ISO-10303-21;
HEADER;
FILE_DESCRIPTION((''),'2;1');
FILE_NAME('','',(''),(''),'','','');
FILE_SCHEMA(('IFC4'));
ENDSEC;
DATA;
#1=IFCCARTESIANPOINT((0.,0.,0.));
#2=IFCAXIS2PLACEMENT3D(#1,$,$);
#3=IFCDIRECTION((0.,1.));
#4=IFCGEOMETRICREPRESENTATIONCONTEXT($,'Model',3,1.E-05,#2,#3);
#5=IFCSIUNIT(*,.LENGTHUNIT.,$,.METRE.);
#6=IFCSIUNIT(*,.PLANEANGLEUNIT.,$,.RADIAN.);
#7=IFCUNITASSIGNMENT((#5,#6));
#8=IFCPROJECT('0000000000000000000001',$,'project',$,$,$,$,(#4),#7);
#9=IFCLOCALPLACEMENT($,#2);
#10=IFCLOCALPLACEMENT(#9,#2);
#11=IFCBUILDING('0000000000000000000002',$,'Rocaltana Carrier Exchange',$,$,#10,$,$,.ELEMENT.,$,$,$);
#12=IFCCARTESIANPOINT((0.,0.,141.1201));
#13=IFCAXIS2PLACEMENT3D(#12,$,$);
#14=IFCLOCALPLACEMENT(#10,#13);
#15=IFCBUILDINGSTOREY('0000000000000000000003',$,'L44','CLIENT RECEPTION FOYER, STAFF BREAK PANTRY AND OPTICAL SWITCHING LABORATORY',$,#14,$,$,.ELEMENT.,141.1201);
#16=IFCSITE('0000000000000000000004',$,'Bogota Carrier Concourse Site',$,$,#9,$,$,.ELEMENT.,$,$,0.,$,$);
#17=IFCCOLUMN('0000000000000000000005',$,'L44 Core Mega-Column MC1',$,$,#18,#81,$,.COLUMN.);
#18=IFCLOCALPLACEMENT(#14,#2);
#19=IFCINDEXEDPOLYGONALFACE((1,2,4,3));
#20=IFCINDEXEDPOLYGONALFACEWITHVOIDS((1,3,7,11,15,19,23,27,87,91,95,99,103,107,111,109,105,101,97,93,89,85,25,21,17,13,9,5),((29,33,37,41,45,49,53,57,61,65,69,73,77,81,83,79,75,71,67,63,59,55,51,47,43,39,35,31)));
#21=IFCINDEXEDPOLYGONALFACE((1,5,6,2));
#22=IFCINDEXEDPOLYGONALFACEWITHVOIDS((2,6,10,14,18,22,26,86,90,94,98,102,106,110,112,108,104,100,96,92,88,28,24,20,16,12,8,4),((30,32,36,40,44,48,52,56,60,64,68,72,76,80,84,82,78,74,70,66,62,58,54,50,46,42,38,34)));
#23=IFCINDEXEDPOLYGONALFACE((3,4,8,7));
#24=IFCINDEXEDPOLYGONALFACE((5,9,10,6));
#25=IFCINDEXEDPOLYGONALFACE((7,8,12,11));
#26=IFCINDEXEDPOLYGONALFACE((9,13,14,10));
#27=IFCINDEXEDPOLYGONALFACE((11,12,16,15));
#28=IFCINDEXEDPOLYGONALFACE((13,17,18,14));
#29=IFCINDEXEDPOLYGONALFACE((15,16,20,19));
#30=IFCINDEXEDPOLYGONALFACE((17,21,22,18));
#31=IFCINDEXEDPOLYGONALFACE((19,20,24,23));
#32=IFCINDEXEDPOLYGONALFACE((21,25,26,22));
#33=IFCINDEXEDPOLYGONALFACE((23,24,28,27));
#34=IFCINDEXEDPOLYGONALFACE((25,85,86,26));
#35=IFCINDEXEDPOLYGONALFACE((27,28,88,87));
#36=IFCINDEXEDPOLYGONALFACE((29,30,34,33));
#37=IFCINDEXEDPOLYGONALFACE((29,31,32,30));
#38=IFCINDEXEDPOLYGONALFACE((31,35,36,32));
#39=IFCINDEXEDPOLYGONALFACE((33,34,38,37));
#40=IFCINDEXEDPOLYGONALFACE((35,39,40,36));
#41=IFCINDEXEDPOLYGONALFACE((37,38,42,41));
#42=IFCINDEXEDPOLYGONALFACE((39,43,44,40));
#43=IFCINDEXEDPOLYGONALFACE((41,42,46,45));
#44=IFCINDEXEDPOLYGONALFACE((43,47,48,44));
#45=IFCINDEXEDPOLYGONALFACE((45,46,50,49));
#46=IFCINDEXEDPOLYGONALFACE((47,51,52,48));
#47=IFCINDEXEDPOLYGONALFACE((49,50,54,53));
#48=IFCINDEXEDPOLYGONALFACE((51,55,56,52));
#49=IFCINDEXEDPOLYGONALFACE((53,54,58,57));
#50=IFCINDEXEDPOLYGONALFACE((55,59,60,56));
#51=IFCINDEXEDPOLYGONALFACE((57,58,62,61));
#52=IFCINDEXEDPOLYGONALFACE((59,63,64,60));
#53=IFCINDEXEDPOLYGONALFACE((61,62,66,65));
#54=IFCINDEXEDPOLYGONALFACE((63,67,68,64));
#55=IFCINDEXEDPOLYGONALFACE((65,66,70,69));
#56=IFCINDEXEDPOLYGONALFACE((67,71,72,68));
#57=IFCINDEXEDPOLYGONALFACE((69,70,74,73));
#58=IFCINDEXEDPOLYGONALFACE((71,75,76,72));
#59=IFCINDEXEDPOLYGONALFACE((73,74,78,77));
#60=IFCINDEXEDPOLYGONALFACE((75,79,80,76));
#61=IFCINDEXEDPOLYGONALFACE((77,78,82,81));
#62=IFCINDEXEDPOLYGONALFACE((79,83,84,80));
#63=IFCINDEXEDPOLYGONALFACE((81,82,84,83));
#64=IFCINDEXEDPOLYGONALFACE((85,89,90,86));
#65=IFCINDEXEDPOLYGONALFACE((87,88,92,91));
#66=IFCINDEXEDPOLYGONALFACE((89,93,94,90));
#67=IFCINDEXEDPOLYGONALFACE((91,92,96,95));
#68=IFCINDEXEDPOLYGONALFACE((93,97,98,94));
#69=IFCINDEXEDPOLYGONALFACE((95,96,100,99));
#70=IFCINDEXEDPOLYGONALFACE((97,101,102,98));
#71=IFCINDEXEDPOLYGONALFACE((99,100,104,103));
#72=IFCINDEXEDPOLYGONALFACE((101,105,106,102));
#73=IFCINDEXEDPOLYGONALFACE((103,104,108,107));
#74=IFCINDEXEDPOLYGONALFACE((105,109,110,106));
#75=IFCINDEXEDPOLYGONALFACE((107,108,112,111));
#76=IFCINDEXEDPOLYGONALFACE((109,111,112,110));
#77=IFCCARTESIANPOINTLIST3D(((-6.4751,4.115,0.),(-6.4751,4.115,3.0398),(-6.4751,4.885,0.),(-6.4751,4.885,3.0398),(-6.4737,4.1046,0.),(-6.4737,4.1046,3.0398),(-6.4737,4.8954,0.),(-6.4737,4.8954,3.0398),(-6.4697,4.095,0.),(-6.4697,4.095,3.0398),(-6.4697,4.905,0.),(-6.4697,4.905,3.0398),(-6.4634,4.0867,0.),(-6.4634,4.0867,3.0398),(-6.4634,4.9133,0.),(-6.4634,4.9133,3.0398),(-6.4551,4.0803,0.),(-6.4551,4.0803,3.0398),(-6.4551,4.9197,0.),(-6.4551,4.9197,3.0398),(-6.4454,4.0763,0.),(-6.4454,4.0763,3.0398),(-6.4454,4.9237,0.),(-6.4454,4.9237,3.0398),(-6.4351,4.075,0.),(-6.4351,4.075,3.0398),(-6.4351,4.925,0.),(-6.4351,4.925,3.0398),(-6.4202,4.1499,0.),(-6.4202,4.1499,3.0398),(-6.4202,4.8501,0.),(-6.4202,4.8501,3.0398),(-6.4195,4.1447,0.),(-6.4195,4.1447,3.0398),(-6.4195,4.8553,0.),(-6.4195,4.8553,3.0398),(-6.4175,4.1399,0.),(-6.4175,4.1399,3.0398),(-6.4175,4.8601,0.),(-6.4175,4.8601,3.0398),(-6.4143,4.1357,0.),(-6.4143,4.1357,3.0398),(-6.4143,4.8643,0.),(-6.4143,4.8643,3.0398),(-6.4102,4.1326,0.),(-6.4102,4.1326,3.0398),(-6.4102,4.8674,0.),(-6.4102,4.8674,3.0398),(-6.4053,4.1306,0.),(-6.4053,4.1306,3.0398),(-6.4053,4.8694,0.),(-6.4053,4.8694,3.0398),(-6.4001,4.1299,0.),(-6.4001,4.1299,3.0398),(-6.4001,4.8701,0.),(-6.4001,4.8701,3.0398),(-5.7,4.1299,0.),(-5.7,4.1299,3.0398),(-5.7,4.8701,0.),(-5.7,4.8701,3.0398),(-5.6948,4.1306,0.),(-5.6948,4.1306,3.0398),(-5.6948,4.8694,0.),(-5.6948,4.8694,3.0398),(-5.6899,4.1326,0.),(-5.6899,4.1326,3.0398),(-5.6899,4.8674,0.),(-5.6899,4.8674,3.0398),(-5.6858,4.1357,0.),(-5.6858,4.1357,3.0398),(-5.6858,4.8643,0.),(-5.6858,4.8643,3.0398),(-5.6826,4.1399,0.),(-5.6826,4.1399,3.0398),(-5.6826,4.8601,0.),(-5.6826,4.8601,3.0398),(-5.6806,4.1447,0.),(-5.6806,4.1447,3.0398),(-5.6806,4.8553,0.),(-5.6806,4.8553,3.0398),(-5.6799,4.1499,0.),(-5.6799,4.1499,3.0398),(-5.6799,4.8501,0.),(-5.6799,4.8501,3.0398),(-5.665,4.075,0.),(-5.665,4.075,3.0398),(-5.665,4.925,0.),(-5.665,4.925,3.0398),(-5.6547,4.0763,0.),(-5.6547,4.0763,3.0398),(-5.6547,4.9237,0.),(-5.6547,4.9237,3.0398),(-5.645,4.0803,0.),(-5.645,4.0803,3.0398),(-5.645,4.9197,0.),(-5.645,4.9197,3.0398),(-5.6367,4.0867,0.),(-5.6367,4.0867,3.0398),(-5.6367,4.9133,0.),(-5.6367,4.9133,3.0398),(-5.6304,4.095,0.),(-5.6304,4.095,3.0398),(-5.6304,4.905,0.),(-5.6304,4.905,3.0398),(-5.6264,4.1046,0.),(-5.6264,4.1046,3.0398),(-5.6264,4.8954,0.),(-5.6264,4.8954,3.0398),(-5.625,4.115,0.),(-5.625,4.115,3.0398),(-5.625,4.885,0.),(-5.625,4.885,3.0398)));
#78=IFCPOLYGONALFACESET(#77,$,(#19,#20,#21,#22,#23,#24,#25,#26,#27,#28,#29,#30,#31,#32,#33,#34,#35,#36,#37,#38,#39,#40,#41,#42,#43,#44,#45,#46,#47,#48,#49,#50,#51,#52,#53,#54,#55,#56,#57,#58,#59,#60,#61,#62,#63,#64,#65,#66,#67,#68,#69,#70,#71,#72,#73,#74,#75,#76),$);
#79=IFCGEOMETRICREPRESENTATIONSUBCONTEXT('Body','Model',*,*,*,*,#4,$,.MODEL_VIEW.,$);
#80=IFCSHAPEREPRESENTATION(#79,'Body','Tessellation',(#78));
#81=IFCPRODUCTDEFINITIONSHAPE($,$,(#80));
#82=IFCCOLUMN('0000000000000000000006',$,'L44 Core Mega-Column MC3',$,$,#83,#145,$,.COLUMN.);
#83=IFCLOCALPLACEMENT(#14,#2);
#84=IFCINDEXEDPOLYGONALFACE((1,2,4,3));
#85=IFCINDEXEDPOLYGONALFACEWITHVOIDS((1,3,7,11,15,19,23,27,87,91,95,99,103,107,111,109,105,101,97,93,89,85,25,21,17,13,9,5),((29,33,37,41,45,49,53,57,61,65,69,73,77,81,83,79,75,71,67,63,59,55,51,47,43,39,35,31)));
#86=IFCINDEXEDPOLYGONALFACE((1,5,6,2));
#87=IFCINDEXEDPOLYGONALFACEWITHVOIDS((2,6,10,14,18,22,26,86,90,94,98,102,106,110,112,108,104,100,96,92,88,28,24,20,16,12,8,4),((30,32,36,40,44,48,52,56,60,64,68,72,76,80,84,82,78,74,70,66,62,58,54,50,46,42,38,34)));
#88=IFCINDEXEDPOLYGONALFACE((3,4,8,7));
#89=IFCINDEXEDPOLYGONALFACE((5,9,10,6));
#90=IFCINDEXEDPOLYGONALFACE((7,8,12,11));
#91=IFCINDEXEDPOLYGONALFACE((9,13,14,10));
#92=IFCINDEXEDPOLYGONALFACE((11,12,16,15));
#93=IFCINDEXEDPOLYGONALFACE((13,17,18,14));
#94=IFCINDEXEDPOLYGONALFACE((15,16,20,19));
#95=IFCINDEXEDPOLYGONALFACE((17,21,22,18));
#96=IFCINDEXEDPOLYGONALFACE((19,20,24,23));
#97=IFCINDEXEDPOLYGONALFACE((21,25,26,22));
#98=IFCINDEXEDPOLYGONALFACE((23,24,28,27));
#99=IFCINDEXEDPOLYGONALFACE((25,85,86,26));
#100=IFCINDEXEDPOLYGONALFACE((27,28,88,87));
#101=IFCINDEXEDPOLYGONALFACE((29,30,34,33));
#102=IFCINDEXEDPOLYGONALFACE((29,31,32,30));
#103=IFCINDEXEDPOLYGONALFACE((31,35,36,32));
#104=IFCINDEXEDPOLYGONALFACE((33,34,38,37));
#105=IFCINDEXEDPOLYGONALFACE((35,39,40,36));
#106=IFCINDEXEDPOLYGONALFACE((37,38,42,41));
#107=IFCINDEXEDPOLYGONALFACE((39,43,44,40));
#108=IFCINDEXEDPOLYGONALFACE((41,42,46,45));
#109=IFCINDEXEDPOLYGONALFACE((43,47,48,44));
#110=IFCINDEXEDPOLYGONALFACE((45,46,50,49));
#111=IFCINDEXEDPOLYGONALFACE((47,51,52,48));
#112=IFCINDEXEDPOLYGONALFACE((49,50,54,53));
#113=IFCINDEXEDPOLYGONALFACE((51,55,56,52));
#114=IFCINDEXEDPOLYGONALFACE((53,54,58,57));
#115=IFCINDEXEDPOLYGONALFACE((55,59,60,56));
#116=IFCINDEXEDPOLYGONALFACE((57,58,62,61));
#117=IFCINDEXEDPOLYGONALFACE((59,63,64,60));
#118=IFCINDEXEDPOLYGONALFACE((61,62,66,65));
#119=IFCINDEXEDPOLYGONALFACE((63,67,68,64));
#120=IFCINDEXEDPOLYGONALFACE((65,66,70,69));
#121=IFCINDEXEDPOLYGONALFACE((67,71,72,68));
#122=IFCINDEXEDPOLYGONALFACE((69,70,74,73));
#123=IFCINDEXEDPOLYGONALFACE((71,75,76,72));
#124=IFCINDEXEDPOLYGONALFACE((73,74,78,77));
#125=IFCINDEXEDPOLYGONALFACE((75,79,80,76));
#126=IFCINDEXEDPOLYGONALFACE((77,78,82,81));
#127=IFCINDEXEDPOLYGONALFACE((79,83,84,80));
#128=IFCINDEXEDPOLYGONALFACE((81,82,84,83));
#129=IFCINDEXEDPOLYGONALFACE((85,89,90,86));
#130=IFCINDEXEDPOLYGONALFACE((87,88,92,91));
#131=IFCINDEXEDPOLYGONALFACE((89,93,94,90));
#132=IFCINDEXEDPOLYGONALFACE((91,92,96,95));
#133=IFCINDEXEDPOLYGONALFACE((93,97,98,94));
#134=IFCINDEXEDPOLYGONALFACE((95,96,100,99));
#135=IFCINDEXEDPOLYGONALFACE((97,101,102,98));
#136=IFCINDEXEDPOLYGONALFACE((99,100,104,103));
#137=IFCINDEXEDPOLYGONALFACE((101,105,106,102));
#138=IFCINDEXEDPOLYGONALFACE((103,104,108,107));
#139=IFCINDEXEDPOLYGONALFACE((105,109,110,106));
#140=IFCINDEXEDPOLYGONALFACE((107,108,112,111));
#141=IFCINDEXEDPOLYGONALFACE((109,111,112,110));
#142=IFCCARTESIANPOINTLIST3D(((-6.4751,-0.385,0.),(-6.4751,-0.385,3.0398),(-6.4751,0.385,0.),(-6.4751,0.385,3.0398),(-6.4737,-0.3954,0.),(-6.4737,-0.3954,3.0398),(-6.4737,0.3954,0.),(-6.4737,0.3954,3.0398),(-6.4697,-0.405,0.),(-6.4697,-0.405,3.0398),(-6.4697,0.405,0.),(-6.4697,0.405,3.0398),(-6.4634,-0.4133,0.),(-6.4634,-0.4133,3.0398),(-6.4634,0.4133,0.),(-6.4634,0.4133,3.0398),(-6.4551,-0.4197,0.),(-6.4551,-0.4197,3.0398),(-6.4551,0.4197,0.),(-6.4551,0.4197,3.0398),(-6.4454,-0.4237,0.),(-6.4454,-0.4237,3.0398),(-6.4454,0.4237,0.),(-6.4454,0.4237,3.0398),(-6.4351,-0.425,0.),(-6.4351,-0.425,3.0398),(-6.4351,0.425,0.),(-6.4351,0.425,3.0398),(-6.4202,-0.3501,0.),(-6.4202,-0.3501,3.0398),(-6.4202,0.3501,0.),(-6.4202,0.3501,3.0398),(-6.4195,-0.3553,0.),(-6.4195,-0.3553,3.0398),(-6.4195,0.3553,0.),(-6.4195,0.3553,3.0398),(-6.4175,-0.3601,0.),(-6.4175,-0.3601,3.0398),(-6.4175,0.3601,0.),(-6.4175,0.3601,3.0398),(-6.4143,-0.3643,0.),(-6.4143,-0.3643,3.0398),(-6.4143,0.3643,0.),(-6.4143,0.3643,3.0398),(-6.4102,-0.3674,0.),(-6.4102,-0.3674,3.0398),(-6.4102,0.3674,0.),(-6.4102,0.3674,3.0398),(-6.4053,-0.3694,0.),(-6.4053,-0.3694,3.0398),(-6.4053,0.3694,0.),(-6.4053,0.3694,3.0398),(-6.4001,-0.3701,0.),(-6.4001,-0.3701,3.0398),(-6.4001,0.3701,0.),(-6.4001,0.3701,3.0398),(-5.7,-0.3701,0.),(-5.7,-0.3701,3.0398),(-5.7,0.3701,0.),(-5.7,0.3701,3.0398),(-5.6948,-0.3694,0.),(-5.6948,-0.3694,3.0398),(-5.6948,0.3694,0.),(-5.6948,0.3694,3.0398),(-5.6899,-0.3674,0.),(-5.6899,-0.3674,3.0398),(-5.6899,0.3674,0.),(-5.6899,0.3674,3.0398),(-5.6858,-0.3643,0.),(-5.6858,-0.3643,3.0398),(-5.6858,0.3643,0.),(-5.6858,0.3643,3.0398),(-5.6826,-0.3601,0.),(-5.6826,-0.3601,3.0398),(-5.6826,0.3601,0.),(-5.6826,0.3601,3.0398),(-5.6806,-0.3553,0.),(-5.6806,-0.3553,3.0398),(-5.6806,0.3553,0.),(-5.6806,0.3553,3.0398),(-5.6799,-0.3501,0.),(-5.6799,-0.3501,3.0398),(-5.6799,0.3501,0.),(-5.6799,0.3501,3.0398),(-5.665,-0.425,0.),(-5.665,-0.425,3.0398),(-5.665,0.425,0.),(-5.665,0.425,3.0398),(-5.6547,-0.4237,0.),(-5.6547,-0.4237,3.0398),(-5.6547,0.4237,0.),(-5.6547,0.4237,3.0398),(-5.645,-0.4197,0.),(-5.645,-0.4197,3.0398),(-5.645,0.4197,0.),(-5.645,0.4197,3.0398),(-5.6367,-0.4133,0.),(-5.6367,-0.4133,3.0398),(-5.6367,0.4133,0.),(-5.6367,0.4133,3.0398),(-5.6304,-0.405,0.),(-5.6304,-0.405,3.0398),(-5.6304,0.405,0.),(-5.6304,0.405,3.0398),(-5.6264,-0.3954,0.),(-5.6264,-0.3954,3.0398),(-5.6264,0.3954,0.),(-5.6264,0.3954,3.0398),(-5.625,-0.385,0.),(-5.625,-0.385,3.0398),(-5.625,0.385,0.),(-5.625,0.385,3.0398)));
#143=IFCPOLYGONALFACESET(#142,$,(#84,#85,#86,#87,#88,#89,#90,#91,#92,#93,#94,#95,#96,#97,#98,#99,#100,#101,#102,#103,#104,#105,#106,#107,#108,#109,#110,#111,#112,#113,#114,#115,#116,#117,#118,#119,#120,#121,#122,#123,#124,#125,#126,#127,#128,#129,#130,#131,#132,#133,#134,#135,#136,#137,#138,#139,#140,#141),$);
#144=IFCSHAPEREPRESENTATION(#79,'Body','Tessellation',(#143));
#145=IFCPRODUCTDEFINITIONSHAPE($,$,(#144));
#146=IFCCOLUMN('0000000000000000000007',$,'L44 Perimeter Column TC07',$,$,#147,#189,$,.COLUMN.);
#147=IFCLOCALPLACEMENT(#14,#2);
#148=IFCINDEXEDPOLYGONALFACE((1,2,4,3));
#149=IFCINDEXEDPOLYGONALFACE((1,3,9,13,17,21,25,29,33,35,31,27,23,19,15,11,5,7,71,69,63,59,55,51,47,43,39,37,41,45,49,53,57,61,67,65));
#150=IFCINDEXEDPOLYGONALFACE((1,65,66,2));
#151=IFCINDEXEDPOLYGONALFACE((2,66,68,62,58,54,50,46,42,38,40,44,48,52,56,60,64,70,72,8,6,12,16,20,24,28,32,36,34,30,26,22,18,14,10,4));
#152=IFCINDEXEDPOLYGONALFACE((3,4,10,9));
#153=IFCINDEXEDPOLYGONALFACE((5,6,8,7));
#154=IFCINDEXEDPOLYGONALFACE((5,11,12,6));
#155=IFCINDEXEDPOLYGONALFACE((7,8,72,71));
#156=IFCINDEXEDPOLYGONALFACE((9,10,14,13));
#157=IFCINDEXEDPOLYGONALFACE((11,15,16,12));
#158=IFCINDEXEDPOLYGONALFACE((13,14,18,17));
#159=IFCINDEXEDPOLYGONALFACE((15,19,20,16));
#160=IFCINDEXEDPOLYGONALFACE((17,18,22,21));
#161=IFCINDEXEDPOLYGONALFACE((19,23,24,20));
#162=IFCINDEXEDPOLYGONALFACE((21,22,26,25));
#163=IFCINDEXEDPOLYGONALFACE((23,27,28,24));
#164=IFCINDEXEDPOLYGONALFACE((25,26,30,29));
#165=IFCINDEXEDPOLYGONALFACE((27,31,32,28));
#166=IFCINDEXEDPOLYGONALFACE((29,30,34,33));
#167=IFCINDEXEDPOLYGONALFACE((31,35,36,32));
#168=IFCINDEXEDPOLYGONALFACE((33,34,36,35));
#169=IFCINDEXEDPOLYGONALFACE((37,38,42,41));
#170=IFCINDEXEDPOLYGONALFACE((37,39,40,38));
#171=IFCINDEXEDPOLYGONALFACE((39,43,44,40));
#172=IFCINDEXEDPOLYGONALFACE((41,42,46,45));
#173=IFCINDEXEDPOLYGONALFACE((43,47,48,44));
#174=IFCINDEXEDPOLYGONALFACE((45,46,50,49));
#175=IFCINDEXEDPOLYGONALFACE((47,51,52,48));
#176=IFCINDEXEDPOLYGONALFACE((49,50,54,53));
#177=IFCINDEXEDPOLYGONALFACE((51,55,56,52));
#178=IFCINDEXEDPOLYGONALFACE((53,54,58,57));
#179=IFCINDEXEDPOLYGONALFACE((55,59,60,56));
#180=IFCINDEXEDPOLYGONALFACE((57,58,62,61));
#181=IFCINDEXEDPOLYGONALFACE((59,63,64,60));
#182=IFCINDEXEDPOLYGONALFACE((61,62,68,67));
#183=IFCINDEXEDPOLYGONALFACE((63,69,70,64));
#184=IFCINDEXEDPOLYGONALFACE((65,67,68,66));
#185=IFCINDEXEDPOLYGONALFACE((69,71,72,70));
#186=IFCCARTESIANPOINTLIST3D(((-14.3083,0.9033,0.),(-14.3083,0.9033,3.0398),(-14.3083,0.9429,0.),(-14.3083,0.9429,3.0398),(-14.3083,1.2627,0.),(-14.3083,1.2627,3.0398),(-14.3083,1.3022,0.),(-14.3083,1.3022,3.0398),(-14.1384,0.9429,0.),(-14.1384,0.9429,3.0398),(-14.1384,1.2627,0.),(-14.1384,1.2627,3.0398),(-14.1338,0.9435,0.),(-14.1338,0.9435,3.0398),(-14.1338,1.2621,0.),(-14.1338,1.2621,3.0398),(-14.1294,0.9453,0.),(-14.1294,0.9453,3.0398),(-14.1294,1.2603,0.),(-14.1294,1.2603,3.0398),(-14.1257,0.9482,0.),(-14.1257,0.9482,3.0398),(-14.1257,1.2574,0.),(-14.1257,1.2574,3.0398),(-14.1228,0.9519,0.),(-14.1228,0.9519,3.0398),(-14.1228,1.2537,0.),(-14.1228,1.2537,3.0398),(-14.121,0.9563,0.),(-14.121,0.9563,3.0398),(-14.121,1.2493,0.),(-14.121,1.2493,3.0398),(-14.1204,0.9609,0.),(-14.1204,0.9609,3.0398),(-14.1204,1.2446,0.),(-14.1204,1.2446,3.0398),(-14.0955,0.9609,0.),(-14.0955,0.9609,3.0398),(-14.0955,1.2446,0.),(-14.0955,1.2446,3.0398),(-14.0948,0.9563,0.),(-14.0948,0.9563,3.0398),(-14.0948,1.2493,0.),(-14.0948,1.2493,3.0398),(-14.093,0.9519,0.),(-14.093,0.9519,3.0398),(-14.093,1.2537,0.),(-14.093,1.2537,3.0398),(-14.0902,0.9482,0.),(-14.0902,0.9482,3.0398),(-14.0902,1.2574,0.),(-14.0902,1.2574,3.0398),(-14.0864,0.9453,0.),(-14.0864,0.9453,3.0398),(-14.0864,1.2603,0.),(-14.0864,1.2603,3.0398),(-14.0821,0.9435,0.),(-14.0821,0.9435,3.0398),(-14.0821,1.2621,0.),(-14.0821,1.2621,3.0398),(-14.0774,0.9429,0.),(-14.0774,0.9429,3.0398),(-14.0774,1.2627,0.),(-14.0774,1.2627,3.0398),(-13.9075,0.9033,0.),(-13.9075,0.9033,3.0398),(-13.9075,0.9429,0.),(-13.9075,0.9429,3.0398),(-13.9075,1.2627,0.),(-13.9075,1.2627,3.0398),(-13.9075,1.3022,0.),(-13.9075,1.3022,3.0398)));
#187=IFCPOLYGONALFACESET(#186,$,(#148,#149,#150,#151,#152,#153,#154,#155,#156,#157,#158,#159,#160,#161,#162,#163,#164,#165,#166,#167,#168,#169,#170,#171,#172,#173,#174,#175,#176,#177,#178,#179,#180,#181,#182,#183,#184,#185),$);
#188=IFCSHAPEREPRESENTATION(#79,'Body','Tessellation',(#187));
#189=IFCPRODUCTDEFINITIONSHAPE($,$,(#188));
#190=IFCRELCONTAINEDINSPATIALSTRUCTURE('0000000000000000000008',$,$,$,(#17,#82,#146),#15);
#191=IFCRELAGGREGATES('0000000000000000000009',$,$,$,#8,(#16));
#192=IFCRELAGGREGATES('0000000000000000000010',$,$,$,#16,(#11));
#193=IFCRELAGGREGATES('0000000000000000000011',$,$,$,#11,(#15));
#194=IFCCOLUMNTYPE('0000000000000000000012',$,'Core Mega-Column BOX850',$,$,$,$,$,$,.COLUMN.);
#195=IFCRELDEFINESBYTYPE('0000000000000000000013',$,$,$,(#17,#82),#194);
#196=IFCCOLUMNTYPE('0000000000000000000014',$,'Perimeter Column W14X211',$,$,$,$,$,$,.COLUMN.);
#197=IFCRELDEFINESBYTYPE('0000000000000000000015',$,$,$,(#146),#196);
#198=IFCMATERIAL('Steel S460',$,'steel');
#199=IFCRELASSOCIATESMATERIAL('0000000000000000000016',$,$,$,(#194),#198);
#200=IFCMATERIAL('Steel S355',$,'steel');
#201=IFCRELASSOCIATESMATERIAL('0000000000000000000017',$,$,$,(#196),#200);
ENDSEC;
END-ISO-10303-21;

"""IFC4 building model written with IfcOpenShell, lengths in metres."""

from ifc_helpers import new_model, si_unit, direction, frame, origin, origin_2d, place, context, subcontext, project, spatial, hollow_rectangle, i_section, extrude, material, material_profile, profile_set, type_object, element, save


model = new_model("IFC4")

# Units and contexts
model_context = context("Model", 3, precision=1e-05, world=origin(), true_north=direction((0.0, 1.0)))
body_context = subcontext(model_context, "Body", "Model", "MODEL_VIEW")
ifc_project = project(units=[si_unit("LENGTHUNIT", "METRE"), si_unit("PLANEANGLEUNIT", "RADIAN")], contexts=[model_context])

# Site, building, storey
site_placement = place(None, origin())
site = spatial("IfcSite", under=ifc_project, at=site_placement, Name="Bogota Carrier Concourse Site", CompositionType="ELEMENT", RefElevation=0.0)
building_placement = place(site_placement, origin())
building = spatial("IfcBuilding", under=site, at=building_placement, Name="Rocaltana Carrier Exchange", CompositionType="ELEMENT")
storey_placement = place(building_placement, frame((0.0, 0.0, 141.1201)))
storey = spatial("IfcBuildingStorey", under=building, at=storey_placement, Name="L44", Description="CLIENT RECEPTION FOYER, STAFF BREAK PANTRY AND OPTICAL SWITCHING LABORATORY", CompositionType="ELEMENT", Elevation=141.1201)

# Columns
ifc_material_1 = material(Name="Steel S460", Category="steel")
ifc_material_profile_1 = material_profile(ifc_material_1, hollow_rectangle(XDim=0.8501, YDim=0.8501, WallThickness=0.0549, InnerFilletRadius=0.02, OuterFilletRadius=0.04, at=origin_2d()), Name="BOX850X850X55")
ifc_profile_set_1 = profile_set([ifc_material_profile_1], Name="Steel S460")
column_type_1 = type_object("IfcColumnType", Name="Core Mega-Column BOX850", PredefinedType="COLUMN", material=ifc_profile_set_1)
for number, where, z_axis, x_axis, name in (
    (1, (-6.05, 4.5, 0.0), (0.0, 0.0, 1.0), (1.0, 0.0, 0.0), "L44 Core Mega-Column MC1"),
    (2, (-6.05, 0.0, 0.0), (0.0, 0.0, 1.0), (1.0, 0.0, 0.0), "L44 Core Mega-Column MC3"),
):
    element("IfcColumn", number, at=place(storey_placement, frame(where, z_axis=z_axis, x_axis=x_axis)), inside=storey, type_object=column_type_1, Name=name, PredefinedType="COLUMN", context=body_context, shape_type="SweptSolid", body=[
        extrude(hollow_rectangle(XDim=0.8501, YDim=0.8501, WallThickness=0.0549, InnerFilletRadius=0.02, OuterFilletRadius=0.04, at=origin_2d()), origin(), (0.0, 0.0, 1.0), 3.0398),
    ])
ifc_material_2 = material(Name="Steel S355", Category="steel")
ifc_material_profile_2 = material_profile(ifc_material_2, i_section(OverallWidth=0.4009, OverallDepth=0.3989, WebThickness=0.0249, FlangeThickness=0.0396, FilletRadius=0.0181, at=origin_2d()), Name="W14X211")
ifc_profile_set_2 = profile_set([ifc_material_profile_2], Name="Steel S355")
column_type_2 = type_object("IfcColumnType", Name="Perimeter Column W14X211", PredefinedType="COLUMN", material=ifc_profile_set_2)
column_placement = place(storey_placement, frame((-14.1079, 1.1028, 0.0), z_axis=(0.0, 0.0, 1.0), x_axis=(1.0, 0.0, 0.0)))
element("IfcColumn", 3, at=column_placement, inside=storey, type_object=column_type_2, Name="L44 Perimeter Column TC07", PredefinedType="COLUMN", context=body_context, shape_type="SweptSolid", body=[
    extrude(i_section(OverallWidth=0.4009, OverallDepth=0.3989, WebThickness=0.0249, FlangeThickness=0.0396, FilletRadius=0.0181, at=origin_2d()), origin(), (0.0, 0.0, 1.0), 3.0398),
])

save(model, "model.ifc")
